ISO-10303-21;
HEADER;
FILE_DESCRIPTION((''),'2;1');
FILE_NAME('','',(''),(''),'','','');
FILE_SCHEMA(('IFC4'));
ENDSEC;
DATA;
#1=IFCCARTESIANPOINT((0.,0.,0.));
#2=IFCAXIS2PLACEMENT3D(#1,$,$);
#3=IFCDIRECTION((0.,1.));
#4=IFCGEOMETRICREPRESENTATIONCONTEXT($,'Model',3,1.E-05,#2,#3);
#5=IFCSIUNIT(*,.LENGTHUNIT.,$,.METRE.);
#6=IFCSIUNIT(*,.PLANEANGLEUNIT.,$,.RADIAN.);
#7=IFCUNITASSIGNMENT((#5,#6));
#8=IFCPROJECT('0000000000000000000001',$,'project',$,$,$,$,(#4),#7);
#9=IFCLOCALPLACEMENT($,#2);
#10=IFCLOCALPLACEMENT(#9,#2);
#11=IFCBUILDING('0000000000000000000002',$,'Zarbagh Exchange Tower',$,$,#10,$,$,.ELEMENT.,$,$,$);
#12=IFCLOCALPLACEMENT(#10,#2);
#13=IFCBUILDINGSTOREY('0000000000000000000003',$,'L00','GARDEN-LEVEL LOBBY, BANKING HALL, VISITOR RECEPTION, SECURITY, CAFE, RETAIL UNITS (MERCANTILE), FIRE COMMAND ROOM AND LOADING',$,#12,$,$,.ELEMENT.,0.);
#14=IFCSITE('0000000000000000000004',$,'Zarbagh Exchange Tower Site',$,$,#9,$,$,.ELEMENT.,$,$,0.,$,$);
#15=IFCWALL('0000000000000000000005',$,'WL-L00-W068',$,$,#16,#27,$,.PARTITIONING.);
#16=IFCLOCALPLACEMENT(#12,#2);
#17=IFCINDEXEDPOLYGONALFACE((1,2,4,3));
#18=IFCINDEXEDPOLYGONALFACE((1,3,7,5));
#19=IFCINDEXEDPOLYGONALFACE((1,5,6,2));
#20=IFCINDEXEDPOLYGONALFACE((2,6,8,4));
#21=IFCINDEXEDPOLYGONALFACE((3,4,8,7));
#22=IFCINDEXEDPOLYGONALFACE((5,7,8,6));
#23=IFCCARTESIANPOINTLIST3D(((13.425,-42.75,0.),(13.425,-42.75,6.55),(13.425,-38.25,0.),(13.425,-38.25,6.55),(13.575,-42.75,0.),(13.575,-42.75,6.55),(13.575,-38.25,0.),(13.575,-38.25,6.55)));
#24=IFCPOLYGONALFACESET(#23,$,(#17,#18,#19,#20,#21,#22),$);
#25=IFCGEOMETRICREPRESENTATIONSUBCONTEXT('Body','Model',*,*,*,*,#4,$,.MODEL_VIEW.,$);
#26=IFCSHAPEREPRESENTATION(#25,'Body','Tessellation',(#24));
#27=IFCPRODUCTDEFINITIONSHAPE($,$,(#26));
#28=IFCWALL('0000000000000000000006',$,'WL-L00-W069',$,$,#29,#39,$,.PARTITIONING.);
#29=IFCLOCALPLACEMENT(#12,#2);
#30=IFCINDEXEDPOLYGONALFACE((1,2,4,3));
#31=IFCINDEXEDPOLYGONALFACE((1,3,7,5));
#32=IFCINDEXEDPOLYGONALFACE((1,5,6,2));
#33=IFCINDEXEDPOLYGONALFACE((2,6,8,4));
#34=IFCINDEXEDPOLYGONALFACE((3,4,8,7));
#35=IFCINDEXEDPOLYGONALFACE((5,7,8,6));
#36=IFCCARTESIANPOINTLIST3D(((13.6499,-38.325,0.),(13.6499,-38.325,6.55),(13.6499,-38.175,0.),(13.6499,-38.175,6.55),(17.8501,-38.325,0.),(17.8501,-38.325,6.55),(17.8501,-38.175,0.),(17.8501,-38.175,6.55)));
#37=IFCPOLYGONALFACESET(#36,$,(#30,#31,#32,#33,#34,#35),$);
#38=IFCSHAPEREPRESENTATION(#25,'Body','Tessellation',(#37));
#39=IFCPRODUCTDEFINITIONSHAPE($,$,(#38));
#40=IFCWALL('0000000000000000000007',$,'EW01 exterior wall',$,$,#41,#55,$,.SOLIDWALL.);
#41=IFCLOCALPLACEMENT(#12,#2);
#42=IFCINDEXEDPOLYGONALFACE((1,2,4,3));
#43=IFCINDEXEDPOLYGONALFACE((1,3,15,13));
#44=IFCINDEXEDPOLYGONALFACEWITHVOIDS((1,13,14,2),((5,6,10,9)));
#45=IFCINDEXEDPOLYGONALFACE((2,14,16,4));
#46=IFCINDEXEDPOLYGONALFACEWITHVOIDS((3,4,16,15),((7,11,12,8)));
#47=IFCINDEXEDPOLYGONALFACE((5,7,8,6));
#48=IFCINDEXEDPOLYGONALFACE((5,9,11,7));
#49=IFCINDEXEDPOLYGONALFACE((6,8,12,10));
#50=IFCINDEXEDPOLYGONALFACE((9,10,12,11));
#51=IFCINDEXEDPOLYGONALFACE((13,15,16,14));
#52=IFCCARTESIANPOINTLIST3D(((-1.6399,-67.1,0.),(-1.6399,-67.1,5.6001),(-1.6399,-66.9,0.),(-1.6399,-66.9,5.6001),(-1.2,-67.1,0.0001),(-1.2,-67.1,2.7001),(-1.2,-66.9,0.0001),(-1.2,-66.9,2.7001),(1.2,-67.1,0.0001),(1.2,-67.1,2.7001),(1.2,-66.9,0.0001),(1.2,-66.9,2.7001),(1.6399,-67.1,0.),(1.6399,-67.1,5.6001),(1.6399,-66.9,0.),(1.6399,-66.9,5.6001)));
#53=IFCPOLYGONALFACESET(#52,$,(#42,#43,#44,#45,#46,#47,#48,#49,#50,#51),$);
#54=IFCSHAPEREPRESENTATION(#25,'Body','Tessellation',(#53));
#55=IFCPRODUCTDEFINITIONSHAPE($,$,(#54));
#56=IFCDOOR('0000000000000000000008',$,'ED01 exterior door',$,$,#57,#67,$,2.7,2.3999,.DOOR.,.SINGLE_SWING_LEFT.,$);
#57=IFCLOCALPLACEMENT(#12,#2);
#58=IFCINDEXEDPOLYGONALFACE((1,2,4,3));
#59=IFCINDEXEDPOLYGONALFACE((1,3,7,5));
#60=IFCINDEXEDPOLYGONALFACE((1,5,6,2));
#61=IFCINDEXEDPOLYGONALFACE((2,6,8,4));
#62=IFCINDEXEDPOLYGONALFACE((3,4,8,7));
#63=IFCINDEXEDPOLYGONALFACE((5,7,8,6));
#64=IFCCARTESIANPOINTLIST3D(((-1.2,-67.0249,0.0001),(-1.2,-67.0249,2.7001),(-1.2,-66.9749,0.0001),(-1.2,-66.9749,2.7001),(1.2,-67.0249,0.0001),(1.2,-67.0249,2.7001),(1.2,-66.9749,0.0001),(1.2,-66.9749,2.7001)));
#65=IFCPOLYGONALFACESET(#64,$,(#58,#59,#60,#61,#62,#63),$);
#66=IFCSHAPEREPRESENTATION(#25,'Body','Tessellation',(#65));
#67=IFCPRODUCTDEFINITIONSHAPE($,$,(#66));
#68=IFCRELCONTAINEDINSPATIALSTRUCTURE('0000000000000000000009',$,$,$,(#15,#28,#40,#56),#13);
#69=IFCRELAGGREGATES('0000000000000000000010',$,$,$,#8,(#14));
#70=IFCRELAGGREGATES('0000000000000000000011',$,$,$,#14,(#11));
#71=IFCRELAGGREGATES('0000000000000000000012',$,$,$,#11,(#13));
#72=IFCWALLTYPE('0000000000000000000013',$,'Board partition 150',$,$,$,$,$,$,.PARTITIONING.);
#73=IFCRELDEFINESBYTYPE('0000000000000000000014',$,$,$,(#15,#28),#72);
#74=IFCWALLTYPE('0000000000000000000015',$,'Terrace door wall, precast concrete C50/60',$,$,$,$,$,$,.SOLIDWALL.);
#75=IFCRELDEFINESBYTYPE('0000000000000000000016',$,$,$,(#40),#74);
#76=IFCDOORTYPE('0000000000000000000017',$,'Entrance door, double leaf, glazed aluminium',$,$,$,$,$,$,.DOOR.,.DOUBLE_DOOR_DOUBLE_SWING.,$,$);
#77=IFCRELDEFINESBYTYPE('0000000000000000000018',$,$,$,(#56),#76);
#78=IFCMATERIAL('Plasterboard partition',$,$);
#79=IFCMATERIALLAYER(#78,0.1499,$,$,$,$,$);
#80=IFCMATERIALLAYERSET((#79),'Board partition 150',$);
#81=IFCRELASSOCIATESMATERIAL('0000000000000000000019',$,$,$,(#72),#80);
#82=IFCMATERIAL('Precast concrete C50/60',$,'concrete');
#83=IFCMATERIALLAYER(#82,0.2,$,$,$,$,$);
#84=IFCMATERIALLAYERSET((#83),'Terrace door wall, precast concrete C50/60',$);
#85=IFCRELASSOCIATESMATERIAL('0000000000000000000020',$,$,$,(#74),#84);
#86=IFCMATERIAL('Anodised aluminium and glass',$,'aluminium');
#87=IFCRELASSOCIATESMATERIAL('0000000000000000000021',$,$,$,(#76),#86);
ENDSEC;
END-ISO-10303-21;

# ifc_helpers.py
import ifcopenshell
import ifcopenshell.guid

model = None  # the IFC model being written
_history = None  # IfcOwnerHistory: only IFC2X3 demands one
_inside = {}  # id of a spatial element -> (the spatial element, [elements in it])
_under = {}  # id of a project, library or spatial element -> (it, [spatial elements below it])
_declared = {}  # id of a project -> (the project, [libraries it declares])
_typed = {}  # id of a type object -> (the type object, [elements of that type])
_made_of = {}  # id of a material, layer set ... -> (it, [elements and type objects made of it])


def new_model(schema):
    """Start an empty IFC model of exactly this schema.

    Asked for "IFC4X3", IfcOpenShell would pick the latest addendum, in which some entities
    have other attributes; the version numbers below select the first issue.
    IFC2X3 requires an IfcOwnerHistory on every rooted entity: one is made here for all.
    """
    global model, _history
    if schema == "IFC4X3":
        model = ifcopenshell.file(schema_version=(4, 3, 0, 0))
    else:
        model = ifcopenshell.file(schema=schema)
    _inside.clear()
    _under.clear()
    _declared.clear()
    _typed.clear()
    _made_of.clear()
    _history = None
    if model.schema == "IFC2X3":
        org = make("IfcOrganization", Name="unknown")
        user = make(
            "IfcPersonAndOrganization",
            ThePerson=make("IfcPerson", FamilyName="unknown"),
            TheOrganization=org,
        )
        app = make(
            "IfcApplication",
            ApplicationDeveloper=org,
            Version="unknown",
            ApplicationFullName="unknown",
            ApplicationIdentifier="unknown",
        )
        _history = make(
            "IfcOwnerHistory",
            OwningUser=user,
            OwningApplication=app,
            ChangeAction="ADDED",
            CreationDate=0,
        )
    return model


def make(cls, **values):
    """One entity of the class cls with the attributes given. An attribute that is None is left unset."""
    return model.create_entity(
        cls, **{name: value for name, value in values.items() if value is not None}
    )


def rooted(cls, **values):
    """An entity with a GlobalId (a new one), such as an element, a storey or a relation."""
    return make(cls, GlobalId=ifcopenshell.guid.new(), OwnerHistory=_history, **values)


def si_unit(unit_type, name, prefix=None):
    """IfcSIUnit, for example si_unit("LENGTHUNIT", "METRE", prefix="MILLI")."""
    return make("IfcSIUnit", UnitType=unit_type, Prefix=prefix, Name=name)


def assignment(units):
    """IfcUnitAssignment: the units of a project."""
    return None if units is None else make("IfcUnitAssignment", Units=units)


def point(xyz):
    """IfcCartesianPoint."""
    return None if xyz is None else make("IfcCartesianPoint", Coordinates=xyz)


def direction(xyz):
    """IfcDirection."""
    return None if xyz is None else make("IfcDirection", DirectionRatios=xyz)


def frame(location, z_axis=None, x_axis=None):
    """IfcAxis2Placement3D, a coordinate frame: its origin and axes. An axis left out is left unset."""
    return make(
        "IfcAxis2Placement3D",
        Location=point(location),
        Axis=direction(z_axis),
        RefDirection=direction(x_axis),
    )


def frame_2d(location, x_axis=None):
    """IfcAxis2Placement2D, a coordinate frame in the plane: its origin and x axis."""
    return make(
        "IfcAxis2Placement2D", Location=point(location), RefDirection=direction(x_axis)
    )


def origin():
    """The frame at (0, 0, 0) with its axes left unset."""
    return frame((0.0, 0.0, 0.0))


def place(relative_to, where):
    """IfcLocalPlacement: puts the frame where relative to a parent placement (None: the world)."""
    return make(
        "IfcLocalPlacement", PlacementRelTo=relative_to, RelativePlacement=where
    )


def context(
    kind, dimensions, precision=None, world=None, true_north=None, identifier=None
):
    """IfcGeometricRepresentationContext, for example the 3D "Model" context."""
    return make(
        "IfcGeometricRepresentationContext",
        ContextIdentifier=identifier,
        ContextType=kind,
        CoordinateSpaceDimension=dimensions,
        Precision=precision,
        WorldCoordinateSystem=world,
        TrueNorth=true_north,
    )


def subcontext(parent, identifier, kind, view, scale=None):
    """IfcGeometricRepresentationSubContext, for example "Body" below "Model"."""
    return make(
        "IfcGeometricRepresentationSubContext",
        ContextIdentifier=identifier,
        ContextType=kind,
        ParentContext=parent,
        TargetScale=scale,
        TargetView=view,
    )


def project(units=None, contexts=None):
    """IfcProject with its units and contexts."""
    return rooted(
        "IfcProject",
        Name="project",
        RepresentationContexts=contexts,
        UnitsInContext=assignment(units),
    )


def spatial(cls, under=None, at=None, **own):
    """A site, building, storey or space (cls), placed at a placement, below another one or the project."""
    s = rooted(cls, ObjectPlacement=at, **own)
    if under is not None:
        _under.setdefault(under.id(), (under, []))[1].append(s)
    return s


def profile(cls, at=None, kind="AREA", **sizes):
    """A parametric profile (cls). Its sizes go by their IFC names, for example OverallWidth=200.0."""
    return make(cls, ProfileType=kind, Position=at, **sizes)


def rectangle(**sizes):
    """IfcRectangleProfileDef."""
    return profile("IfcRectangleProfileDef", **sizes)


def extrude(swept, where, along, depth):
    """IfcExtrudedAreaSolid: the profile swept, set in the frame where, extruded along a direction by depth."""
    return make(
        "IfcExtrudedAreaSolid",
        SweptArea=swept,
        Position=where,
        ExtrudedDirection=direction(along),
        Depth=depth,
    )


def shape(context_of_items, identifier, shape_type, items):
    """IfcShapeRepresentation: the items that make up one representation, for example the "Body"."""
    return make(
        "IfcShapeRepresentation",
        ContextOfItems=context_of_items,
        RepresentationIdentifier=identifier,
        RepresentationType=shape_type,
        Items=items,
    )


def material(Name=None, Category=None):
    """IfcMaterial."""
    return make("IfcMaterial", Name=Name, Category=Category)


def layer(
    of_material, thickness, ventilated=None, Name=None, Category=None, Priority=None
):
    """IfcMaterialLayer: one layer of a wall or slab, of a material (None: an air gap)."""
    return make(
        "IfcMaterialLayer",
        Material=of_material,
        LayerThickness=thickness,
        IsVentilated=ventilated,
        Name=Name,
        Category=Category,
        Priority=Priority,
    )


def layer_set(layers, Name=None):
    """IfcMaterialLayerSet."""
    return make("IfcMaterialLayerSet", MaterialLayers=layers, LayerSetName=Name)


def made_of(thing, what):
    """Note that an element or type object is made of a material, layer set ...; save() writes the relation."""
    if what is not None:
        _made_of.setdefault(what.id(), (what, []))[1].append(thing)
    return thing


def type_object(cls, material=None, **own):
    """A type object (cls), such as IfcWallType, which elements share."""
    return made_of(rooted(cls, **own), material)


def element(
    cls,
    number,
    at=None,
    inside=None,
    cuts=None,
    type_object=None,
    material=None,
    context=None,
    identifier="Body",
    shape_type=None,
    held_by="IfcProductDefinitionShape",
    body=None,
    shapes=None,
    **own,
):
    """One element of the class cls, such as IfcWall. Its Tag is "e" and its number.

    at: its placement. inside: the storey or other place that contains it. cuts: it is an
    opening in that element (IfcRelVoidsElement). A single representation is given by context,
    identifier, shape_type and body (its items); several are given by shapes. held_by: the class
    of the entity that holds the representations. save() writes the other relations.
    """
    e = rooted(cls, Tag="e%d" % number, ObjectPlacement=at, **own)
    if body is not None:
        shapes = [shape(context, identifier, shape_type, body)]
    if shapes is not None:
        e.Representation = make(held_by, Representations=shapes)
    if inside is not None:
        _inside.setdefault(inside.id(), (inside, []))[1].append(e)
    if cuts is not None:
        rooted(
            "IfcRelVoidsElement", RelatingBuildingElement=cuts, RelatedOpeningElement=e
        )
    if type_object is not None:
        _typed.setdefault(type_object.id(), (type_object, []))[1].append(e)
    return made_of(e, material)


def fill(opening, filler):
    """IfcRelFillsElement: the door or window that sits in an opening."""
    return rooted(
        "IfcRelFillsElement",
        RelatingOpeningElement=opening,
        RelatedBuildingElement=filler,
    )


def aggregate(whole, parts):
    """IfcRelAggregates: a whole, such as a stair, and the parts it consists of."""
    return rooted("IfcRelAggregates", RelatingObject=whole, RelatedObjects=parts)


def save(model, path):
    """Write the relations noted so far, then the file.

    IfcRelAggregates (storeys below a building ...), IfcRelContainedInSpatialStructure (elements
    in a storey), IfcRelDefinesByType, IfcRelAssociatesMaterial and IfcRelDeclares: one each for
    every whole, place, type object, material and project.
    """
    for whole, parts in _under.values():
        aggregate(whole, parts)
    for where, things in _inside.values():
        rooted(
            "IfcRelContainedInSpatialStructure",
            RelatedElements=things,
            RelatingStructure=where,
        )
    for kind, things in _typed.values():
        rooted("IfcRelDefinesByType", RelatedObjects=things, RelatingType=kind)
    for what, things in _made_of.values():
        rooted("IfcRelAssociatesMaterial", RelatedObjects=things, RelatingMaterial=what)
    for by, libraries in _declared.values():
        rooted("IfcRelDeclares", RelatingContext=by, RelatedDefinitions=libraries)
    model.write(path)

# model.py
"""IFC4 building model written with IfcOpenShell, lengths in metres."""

from ifc_helpers import new_model, si_unit, direction, frame, frame_2d, origin, place, context, subcontext, project, spatial, rectangle, extrude, material, layer, layer_set, type_object, element, fill, save


model = new_model("IFC4")

# Units and contexts
model_context = context("Model", 3, precision=1e-05, world=origin(), true_north=direction((0.0, 1.0)))
body_context = subcontext(model_context, "Body", "Model", "MODEL_VIEW")
ifc_project = project(units=[si_unit("LENGTHUNIT", "METRE"), si_unit("PLANEANGLEUNIT", "RADIAN")], contexts=[model_context])

# Site, building, storey
site_placement = place(None, origin())
site = spatial("IfcSite", under=ifc_project, at=site_placement, Name="Zarbagh Exchange Tower Site", CompositionType="ELEMENT", RefElevation=0.0)
building_placement = place(site_placement, origin())
building = spatial("IfcBuilding", under=site, at=building_placement, Name="Zarbagh Exchange Tower", CompositionType="ELEMENT")
storey_placement = place(building_placement, origin())
storey = spatial("IfcBuildingStorey", under=building, at=storey_placement, Name="L00", Description="GARDEN-LEVEL LOBBY, BANKING HALL, VISITOR RECEPTION, SECURITY, CAFE, RETAIL UNITS (MERCANTILE), FIRE COMMAND ROOM AND LOADING", CompositionType="ELEMENT", Elevation=0.0)

# Shared definitions
ifc_material_1 = material(Name="Plasterboard partition")
ifc_layer_1 = layer(ifc_material_1, 0.1499)
ifc_layer_set_1 = layer_set([ifc_layer_1], Name="Board partition 150")
wall_type_1 = type_object("IfcWallType", Name="Board partition 150", PredefinedType="PARTITIONING", material=ifc_layer_set_1)

# Walls
wall_1_placement = place(storey_placement, frame((13.5, -42.75, 0.0), z_axis=(0.0, 0.0, 1.0), x_axis=(0.0, 1.0, 0.0)))
element("IfcWall", 1, at=wall_1_placement, inside=storey, type_object=wall_type_1, Name="WL-L00-W068", PredefinedType="PARTITIONING", context=body_context, shape_type="SweptSolid", body=[
    extrude(rectangle(XDim=4.5, YDim=0.1499, at=frame_2d((2.25, 0.0))), origin(), (0.0, 0.0, 1.0), 6.55),
])
wall_2_placement = place(storey_placement, frame((13.6499, -38.25, 0.0), z_axis=(0.0, 0.0, 1.0), x_axis=(1.0, 0.0, 0.0)))
element("IfcWall", 2, at=wall_2_placement, inside=storey, type_object=wall_type_1, Name="WL-L00-W069", PredefinedType="PARTITIONING", context=body_context, shape_type="SweptSolid", body=[
    extrude(rectangle(XDim=4.2002, YDim=0.1499, at=frame_2d((2.1001, 0.0))), origin(), (0.0, 0.0, 1.0), 6.55),
])

# Wall, opening, door
ifc_material_2 = material(Name="Precast concrete C50/60", Category="concrete")
ifc_layer_2 = layer(ifc_material_2, 0.2)
ifc_layer_set_2 = layer_set([ifc_layer_2], Name="Terrace door wall, precast concrete C50/60")
wall_type_2 = type_object("IfcWallType", Name="Terrace door wall, precast concrete C50/60", PredefinedType="SOLIDWALL", material=ifc_layer_set_2)
wall_3_placement = place(storey_placement, frame((1.6399, -67.0, 0.0), z_axis=(0.0, 0.0, 1.0), x_axis=(-1.0, 0.0, 0.0)))
wall_3 = element("IfcWall", 3, at=wall_3_placement, inside=storey, type_object=wall_type_2, Name="EW01 exterior wall", PredefinedType="SOLIDWALL", context=body_context, shape_type="SweptSolid", body=[
    extrude(rectangle(XDim=3.2798, YDim=0.2, at=frame_2d((1.6399, 0.0))), origin(), (0.0, 0.0, 1.0), 5.6001),
])
opening_1_placement = place(wall_3_placement, frame((0.4399, 0.0, 0.0)))
opening_1 = element("IfcOpeningElement", 4, at=opening_1_placement, cuts=wall_3, PredefinedType="OPENING", context=body_context, shape_type="SweptSolid", body=[
    extrude(rectangle(XDim=2.3999, YDim=2.7, at=frame_2d((1.2, 1.3501))), frame((0.0, 0.1099, 0.0), z_axis=(0.0, -1.0, 0.0), x_axis=(1.0, 0.0, 0.0)), (0.0, 0.0, 1.0), 0.22),
])
ifc_material_3 = material(Name="Anodised aluminium and glass", Category="aluminium")
door_type_1 = type_object("IfcDoorType", Name="Entrance door, double leaf, glazed aluminium", OperationType="DOUBLE_DOOR_DOUBLE_SWING", PredefinedType="DOOR", material=ifc_material_3)
door_1_placement = place(opening_1_placement, origin())
door_1 = element("IfcDoor", 5, at=door_1_placement, inside=storey, type_object=door_type_1, Name="ED01 exterior door", OperationType="SINGLE_SWING_LEFT", OverallHeight=2.7, OverallWidth=2.3999, PredefinedType="DOOR", context=body_context, shape_type="SweptSolid", body=[
    extrude(rectangle(XDim=2.3999, YDim=2.7, at=frame_2d((1.2, 1.3501))), frame((0.0, 0.0249, 0.0), z_axis=(0.0, -1.0, 0.0), x_axis=(1.0, 0.0, 0.0)), (0.0, 0.0, 1.0), 0.05),
])
fill(opening_1, door_1)

save(model, "model.ifc")
